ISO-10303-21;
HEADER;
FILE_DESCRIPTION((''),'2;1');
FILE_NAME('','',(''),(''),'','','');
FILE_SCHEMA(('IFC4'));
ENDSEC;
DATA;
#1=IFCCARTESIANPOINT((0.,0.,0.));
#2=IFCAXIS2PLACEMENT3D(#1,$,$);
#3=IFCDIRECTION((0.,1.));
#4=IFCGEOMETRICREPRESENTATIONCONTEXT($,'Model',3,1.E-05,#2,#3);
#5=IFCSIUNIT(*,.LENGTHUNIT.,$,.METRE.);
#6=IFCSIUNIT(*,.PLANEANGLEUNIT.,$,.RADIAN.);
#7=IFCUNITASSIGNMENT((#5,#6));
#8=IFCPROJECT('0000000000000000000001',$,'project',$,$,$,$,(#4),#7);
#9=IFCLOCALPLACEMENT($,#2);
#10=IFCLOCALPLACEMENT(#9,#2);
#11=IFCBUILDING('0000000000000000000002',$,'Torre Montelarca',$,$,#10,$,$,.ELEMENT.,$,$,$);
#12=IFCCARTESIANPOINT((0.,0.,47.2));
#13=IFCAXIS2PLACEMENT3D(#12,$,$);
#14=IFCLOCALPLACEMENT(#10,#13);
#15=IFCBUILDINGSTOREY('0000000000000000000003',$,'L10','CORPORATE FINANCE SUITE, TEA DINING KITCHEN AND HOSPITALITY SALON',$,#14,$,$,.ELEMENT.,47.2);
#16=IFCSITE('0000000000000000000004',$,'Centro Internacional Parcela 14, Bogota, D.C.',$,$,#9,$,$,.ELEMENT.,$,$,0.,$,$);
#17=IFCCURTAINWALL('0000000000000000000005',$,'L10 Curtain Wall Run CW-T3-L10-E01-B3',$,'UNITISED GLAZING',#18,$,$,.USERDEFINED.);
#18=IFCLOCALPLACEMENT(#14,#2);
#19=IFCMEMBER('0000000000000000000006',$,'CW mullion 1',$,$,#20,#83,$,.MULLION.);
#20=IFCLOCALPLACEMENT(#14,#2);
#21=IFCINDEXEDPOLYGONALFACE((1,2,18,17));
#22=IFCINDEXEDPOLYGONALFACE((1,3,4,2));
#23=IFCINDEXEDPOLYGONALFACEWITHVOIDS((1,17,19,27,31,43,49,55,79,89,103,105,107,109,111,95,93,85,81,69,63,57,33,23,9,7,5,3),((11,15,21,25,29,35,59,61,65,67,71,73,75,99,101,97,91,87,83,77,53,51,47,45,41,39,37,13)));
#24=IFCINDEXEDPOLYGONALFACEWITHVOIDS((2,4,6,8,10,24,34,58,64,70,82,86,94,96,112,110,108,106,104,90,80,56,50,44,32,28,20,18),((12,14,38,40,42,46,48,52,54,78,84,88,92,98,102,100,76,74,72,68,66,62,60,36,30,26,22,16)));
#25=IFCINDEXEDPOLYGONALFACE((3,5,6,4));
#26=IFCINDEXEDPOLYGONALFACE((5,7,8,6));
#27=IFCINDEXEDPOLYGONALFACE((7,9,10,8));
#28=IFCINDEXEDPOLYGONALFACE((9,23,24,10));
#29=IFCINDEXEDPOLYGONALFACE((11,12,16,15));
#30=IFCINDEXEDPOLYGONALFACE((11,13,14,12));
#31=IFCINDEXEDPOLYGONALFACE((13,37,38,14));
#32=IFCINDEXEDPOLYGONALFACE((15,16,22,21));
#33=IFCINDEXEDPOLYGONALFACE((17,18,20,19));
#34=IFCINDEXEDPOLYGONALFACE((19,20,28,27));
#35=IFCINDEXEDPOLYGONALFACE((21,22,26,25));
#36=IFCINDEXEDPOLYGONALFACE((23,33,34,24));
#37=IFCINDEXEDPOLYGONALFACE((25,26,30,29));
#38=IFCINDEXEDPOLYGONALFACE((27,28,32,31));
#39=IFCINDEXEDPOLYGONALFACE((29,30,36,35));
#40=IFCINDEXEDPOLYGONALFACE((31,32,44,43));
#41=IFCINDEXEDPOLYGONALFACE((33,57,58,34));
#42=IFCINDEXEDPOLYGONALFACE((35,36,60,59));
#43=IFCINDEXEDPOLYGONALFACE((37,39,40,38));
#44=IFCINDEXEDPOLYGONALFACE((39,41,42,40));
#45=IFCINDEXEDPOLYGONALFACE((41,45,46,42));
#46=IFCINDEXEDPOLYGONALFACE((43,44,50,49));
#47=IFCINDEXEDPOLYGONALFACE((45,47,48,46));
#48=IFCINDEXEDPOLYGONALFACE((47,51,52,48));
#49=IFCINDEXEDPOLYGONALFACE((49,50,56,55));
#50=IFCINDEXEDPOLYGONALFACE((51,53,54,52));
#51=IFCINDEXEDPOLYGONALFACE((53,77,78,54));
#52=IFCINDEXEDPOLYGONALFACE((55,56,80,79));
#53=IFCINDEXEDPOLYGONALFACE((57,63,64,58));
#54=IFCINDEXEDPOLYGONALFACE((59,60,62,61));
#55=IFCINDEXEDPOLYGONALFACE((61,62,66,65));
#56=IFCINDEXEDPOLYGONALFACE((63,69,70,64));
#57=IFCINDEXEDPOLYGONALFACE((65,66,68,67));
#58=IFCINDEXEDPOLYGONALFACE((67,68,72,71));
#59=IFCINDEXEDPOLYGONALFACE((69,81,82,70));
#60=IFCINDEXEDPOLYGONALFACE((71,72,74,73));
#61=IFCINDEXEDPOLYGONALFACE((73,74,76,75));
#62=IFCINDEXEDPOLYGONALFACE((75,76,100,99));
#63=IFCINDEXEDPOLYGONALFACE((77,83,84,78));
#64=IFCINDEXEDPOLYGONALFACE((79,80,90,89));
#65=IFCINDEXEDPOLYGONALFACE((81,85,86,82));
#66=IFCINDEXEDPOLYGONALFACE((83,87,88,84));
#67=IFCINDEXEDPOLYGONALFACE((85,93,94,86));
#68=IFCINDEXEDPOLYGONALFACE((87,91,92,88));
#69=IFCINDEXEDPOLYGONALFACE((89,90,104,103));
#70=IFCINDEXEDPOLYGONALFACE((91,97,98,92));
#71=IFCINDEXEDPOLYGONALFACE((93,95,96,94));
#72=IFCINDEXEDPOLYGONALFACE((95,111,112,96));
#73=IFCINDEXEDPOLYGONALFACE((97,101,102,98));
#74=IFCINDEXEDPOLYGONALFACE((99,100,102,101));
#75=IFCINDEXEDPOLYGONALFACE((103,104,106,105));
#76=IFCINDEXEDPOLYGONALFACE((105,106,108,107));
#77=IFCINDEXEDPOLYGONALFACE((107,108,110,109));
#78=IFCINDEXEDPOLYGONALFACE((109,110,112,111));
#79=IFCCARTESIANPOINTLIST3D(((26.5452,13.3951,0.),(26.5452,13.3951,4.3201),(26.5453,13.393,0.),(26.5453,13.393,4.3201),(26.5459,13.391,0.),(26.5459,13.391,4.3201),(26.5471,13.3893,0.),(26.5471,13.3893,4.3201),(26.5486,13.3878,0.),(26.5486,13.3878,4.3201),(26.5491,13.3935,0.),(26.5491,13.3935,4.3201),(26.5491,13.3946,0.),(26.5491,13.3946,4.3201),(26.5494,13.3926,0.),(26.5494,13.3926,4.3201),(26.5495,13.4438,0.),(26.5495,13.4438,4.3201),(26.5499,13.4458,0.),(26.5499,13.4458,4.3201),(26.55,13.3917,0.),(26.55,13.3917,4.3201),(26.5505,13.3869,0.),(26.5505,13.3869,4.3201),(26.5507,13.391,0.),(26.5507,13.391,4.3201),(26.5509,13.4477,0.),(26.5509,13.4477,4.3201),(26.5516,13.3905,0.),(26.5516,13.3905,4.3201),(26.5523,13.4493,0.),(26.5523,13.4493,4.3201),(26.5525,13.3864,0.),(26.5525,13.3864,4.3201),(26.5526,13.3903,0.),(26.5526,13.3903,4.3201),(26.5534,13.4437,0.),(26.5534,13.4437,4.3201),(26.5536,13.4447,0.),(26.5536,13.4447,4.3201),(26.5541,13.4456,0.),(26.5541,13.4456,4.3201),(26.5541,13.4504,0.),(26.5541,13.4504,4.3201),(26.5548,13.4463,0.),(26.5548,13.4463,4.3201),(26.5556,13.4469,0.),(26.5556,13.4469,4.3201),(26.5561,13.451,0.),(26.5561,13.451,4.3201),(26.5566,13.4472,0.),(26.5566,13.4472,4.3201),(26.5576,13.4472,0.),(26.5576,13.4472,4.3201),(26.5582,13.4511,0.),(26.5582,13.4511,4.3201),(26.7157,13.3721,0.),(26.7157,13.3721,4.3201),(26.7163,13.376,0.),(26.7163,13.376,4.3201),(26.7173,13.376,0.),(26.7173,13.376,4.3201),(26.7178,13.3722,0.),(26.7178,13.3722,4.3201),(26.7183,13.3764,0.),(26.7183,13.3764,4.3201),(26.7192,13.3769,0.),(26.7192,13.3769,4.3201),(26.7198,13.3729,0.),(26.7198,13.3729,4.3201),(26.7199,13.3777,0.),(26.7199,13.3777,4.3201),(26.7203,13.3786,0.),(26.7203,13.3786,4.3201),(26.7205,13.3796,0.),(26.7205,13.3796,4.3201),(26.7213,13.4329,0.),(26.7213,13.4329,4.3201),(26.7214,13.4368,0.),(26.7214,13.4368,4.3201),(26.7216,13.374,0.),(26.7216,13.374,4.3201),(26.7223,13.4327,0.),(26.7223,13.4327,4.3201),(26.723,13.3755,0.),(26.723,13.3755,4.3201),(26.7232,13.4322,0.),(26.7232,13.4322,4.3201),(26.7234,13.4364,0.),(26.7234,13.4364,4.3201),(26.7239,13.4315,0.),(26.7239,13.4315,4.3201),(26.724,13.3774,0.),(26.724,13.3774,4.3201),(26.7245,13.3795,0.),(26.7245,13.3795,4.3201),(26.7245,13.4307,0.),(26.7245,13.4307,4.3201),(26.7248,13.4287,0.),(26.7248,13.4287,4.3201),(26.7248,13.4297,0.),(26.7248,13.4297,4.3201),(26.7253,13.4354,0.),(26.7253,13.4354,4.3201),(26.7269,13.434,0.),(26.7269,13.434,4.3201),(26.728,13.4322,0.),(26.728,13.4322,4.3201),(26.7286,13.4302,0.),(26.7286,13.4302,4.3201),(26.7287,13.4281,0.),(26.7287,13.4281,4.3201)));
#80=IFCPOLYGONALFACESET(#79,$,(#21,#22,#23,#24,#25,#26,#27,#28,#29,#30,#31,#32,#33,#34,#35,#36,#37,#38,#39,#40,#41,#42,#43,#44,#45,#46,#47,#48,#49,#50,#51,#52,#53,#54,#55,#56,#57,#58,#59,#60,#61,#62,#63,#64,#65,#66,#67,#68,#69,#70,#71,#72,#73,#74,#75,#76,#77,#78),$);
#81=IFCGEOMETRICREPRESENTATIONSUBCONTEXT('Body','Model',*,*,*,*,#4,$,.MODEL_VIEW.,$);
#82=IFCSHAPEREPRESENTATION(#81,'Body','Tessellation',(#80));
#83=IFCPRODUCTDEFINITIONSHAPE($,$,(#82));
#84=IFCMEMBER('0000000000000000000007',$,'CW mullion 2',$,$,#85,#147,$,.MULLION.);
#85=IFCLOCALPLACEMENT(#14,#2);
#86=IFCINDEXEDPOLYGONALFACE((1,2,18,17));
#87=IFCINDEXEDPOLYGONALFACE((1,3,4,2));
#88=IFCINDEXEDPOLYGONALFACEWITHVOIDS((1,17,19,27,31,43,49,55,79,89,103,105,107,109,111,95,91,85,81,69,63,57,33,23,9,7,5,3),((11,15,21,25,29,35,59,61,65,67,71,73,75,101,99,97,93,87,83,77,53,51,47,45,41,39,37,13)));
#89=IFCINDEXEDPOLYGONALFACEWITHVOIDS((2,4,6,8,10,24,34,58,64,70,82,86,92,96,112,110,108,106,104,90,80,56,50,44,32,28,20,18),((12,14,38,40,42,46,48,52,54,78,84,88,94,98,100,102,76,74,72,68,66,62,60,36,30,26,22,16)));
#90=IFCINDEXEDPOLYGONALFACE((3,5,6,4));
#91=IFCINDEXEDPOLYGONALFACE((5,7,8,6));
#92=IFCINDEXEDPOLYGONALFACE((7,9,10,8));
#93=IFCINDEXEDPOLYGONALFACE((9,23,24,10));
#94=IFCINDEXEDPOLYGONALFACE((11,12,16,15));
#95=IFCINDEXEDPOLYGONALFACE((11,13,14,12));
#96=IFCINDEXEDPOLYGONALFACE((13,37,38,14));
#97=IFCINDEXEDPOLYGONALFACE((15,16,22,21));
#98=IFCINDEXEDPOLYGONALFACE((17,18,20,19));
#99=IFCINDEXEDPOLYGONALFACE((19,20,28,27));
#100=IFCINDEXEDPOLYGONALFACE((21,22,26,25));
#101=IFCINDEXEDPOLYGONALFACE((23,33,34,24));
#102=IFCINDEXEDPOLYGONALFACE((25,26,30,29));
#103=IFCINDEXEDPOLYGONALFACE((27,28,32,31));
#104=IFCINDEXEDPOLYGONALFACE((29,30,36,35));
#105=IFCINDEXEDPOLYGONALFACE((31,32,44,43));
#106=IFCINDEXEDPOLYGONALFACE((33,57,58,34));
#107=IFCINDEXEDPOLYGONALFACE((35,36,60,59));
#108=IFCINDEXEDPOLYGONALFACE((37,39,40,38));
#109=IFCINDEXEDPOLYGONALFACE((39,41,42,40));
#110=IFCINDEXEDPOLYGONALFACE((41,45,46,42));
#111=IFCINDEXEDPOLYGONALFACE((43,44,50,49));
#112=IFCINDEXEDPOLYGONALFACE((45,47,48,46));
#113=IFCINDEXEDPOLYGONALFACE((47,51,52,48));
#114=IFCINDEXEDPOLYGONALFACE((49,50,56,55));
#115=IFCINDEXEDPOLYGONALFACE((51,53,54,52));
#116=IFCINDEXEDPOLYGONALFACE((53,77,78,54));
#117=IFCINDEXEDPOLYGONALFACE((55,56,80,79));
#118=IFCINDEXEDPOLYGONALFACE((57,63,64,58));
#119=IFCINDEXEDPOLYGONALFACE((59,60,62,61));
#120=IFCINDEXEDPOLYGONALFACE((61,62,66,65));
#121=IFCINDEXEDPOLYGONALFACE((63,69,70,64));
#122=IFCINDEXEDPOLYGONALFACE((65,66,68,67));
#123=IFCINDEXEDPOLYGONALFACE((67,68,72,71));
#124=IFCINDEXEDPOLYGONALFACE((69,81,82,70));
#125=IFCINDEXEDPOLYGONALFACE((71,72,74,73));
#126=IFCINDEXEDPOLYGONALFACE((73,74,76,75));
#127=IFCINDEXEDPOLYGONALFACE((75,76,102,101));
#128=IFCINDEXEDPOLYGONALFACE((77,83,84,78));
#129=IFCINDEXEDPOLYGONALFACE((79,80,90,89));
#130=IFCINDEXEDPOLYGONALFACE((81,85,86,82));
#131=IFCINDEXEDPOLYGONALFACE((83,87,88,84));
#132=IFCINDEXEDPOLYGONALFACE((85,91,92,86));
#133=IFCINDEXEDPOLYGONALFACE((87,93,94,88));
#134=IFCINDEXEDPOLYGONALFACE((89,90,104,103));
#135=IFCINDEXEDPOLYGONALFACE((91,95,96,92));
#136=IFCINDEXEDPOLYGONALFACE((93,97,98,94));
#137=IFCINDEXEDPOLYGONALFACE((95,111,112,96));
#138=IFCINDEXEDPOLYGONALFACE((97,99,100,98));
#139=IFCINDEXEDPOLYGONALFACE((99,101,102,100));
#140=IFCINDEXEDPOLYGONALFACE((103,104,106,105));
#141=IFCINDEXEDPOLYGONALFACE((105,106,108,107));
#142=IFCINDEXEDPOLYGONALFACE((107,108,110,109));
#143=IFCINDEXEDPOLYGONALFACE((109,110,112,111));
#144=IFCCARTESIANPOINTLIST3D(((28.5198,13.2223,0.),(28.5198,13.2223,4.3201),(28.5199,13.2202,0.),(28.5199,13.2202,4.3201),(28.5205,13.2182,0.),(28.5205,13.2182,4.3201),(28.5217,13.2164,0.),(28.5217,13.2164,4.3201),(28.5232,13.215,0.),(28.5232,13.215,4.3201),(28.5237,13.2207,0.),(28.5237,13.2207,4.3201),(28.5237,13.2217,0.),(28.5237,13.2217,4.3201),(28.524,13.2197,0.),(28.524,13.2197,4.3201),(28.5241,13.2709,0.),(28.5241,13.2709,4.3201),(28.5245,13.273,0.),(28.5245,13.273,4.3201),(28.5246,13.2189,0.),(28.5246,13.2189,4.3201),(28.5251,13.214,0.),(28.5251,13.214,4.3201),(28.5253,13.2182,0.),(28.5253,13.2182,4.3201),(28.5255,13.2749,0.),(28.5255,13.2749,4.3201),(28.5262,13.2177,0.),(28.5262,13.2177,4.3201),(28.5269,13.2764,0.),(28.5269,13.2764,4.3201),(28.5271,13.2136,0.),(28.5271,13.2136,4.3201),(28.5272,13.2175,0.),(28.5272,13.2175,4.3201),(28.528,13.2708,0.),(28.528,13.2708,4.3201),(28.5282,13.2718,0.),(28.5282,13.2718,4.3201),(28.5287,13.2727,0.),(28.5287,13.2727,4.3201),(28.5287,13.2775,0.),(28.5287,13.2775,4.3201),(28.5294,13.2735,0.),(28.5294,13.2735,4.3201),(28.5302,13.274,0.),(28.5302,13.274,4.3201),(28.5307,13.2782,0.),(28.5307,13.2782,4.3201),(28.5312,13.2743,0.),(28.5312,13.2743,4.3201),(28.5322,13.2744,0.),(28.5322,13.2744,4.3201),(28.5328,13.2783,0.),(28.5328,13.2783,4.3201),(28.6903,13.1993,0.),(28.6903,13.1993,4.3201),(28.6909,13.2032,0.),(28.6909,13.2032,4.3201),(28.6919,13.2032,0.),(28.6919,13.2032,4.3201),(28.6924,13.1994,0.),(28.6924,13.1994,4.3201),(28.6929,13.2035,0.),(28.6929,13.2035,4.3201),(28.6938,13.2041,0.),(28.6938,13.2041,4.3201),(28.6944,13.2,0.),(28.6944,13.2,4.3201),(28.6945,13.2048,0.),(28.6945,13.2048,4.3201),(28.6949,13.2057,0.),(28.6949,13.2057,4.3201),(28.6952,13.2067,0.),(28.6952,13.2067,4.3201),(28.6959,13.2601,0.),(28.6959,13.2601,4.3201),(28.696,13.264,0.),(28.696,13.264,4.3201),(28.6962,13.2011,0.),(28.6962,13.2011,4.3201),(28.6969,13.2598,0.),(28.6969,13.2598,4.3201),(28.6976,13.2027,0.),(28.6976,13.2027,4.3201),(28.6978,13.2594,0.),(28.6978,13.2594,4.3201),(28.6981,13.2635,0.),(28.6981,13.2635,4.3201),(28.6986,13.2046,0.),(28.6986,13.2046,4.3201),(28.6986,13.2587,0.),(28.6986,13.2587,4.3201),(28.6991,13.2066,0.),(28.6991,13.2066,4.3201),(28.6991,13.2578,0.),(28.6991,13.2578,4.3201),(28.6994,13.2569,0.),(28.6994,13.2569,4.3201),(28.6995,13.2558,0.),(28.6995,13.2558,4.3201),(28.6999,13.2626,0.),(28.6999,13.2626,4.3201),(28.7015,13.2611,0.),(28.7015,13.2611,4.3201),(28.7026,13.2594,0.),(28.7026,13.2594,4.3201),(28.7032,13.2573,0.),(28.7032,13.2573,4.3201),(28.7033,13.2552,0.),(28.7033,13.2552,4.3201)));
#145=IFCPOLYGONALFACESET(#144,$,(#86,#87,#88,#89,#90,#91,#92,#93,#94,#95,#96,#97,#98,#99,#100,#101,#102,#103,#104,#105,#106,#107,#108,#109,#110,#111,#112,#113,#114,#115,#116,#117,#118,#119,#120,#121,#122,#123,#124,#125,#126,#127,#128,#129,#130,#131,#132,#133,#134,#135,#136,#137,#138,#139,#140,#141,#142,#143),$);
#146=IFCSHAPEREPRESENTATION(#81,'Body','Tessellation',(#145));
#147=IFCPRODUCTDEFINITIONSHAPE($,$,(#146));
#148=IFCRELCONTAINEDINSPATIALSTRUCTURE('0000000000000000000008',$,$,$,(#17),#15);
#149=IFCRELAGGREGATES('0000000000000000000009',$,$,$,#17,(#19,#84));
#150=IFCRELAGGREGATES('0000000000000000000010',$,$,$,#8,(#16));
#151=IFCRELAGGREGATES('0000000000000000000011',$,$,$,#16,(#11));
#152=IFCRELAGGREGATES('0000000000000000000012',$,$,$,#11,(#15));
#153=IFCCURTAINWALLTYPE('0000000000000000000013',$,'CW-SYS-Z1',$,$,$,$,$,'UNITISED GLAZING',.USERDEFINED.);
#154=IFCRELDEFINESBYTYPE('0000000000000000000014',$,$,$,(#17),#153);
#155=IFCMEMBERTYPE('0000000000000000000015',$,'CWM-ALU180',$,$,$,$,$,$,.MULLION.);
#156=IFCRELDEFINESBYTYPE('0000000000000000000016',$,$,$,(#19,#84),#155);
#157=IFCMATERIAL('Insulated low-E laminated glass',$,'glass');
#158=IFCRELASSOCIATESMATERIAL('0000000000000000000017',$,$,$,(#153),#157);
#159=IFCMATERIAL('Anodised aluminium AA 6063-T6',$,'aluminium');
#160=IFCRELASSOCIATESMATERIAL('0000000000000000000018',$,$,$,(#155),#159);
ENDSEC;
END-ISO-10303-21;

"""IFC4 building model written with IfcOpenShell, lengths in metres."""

from ifc_helpers import new_model, si_unit, direction, frame, origin, origin_2d, place, context, subcontext, project, spatial, hollow_rectangle, extrude, source, transform, mapped, material, material_profile, profile_set, type_object, element, aggregate, save


model = new_model("IFC4")

# Units and contexts
model_context = context("Model", 3, precision=1e-05, world=origin(), true_north=direction((0.0, 1.0)))
body_context = subcontext(model_context, "Body", "Model", "MODEL_VIEW")
ifc_project = project(units=[si_unit("LENGTHUNIT", "METRE"), si_unit("PLANEANGLEUNIT", "RADIAN")], contexts=[model_context])

# Site, building, storey
site_placement = place(None, origin())
site = spatial("IfcSite", under=ifc_project, at=site_placement, Name="Centro Internacional Parcela 14, Bogota, D.C.", CompositionType="ELEMENT", RefElevation=0.0)
building_placement = place(site_placement, origin())
building = spatial("IfcBuilding", under=site, at=building_placement, Name="Torre Montelarca", CompositionType="ELEMENT")
storey_placement = place(building_placement, frame((0.0, 0.0, 47.2)))
storey = spatial("IfcBuildingStorey", under=building, at=storey_placement, Name="L10", Description="CORPORATE FINANCE SUITE, TEA DINING KITCHEN AND HOSPITALITY SALON", CompositionType="ELEMENT", Elevation=47.2)

# Shared definitions
ifc_material_1 = material(Name="Insulated low-E laminated glass", Category="glass")
curtain_wall_type = type_object("IfcCurtainWallType", Name="CW-SYS-Z1", ElementType="UNITISED GLAZING", PredefinedType="USERDEFINED", material=ifc_material_1)
ifc_material_2 = material(Name="Anodised aluminium AA 6063-T6", Category="aluminium")
ifc_material_profile_1 = material_profile(ifc_material_2, hollow_rectangle(XDim=0.0649, YDim=0.1799, WallThickness=0.0039, InnerFilletRadius=0.0039, OuterFilletRadius=0.0081, at=origin_2d()), Name="ALU65X180X4", Category="aluminium")
ifc_profile_set_1 = profile_set([ifc_material_profile_1], Name="Anodised aluminium AA 6063-T6")
member_type_1 = type_object("IfcMemberType", Name="CWM-ALU180", PredefinedType="MULLION", material=ifc_profile_set_1)
shared_shape_1 = source(origin(), body_context, "Body", "SweptSolid", [
    extrude(hollow_rectangle(XDim=0.0649, YDim=0.1799, WallThickness=0.0039, InnerFilletRadius=0.0039, OuterFilletRadius=0.0081, at=origin_2d()), origin(), (0.0, 0.0, 1.0), 4.3201),
])

# Curtain wall, members
curtain_wall_1_placement = place(storey_placement, origin())
curtain_wall_1 = element("IfcCurtainWall", 1, at=curtain_wall_1_placement, inside=storey, type_object=curtain_wall_type, Name="L10 Curtain Wall Run CW-T3-L10-E01-B3", ObjectType="UNITISED GLAZING", PredefinedType="USERDEFINED")
member_1_placement = place(storey_placement, frame((26.637, 13.4116, 0.0), z_axis=(0.0, 0.0, 1.0), x_axis=(0.087165, 0.996194, 0.0)))
member_1 = element("IfcMember", 2, at=member_1_placement, type_object=member_type_1, Name="CW mullion 1", PredefinedType="MULLION", context=body_context, shape_type="MappedRepresentation", body=[
    mapped(shared_shape_1, transform((0.0, 0.0, 0.0), scale=1.0)),
])
member_2_placement = place(storey_placement, frame((28.6116, 13.2388, 0.0), z_axis=(0.0, 0.0, 1.0), x_axis=(0.087165, 0.996194, 0.0)))
member_2 = element("IfcMember", 3, at=member_2_placement, type_object=member_type_1, Name="CW mullion 2", PredefinedType="MULLION", context=body_context, shape_type="MappedRepresentation", body=[
    mapped(shared_shape_1, transform((0.0, 0.0, 0.0), scale=1.0)),
])

aggregate(curtain_wall_1, [member_1, member_2])

save(model, "model.ifc")
